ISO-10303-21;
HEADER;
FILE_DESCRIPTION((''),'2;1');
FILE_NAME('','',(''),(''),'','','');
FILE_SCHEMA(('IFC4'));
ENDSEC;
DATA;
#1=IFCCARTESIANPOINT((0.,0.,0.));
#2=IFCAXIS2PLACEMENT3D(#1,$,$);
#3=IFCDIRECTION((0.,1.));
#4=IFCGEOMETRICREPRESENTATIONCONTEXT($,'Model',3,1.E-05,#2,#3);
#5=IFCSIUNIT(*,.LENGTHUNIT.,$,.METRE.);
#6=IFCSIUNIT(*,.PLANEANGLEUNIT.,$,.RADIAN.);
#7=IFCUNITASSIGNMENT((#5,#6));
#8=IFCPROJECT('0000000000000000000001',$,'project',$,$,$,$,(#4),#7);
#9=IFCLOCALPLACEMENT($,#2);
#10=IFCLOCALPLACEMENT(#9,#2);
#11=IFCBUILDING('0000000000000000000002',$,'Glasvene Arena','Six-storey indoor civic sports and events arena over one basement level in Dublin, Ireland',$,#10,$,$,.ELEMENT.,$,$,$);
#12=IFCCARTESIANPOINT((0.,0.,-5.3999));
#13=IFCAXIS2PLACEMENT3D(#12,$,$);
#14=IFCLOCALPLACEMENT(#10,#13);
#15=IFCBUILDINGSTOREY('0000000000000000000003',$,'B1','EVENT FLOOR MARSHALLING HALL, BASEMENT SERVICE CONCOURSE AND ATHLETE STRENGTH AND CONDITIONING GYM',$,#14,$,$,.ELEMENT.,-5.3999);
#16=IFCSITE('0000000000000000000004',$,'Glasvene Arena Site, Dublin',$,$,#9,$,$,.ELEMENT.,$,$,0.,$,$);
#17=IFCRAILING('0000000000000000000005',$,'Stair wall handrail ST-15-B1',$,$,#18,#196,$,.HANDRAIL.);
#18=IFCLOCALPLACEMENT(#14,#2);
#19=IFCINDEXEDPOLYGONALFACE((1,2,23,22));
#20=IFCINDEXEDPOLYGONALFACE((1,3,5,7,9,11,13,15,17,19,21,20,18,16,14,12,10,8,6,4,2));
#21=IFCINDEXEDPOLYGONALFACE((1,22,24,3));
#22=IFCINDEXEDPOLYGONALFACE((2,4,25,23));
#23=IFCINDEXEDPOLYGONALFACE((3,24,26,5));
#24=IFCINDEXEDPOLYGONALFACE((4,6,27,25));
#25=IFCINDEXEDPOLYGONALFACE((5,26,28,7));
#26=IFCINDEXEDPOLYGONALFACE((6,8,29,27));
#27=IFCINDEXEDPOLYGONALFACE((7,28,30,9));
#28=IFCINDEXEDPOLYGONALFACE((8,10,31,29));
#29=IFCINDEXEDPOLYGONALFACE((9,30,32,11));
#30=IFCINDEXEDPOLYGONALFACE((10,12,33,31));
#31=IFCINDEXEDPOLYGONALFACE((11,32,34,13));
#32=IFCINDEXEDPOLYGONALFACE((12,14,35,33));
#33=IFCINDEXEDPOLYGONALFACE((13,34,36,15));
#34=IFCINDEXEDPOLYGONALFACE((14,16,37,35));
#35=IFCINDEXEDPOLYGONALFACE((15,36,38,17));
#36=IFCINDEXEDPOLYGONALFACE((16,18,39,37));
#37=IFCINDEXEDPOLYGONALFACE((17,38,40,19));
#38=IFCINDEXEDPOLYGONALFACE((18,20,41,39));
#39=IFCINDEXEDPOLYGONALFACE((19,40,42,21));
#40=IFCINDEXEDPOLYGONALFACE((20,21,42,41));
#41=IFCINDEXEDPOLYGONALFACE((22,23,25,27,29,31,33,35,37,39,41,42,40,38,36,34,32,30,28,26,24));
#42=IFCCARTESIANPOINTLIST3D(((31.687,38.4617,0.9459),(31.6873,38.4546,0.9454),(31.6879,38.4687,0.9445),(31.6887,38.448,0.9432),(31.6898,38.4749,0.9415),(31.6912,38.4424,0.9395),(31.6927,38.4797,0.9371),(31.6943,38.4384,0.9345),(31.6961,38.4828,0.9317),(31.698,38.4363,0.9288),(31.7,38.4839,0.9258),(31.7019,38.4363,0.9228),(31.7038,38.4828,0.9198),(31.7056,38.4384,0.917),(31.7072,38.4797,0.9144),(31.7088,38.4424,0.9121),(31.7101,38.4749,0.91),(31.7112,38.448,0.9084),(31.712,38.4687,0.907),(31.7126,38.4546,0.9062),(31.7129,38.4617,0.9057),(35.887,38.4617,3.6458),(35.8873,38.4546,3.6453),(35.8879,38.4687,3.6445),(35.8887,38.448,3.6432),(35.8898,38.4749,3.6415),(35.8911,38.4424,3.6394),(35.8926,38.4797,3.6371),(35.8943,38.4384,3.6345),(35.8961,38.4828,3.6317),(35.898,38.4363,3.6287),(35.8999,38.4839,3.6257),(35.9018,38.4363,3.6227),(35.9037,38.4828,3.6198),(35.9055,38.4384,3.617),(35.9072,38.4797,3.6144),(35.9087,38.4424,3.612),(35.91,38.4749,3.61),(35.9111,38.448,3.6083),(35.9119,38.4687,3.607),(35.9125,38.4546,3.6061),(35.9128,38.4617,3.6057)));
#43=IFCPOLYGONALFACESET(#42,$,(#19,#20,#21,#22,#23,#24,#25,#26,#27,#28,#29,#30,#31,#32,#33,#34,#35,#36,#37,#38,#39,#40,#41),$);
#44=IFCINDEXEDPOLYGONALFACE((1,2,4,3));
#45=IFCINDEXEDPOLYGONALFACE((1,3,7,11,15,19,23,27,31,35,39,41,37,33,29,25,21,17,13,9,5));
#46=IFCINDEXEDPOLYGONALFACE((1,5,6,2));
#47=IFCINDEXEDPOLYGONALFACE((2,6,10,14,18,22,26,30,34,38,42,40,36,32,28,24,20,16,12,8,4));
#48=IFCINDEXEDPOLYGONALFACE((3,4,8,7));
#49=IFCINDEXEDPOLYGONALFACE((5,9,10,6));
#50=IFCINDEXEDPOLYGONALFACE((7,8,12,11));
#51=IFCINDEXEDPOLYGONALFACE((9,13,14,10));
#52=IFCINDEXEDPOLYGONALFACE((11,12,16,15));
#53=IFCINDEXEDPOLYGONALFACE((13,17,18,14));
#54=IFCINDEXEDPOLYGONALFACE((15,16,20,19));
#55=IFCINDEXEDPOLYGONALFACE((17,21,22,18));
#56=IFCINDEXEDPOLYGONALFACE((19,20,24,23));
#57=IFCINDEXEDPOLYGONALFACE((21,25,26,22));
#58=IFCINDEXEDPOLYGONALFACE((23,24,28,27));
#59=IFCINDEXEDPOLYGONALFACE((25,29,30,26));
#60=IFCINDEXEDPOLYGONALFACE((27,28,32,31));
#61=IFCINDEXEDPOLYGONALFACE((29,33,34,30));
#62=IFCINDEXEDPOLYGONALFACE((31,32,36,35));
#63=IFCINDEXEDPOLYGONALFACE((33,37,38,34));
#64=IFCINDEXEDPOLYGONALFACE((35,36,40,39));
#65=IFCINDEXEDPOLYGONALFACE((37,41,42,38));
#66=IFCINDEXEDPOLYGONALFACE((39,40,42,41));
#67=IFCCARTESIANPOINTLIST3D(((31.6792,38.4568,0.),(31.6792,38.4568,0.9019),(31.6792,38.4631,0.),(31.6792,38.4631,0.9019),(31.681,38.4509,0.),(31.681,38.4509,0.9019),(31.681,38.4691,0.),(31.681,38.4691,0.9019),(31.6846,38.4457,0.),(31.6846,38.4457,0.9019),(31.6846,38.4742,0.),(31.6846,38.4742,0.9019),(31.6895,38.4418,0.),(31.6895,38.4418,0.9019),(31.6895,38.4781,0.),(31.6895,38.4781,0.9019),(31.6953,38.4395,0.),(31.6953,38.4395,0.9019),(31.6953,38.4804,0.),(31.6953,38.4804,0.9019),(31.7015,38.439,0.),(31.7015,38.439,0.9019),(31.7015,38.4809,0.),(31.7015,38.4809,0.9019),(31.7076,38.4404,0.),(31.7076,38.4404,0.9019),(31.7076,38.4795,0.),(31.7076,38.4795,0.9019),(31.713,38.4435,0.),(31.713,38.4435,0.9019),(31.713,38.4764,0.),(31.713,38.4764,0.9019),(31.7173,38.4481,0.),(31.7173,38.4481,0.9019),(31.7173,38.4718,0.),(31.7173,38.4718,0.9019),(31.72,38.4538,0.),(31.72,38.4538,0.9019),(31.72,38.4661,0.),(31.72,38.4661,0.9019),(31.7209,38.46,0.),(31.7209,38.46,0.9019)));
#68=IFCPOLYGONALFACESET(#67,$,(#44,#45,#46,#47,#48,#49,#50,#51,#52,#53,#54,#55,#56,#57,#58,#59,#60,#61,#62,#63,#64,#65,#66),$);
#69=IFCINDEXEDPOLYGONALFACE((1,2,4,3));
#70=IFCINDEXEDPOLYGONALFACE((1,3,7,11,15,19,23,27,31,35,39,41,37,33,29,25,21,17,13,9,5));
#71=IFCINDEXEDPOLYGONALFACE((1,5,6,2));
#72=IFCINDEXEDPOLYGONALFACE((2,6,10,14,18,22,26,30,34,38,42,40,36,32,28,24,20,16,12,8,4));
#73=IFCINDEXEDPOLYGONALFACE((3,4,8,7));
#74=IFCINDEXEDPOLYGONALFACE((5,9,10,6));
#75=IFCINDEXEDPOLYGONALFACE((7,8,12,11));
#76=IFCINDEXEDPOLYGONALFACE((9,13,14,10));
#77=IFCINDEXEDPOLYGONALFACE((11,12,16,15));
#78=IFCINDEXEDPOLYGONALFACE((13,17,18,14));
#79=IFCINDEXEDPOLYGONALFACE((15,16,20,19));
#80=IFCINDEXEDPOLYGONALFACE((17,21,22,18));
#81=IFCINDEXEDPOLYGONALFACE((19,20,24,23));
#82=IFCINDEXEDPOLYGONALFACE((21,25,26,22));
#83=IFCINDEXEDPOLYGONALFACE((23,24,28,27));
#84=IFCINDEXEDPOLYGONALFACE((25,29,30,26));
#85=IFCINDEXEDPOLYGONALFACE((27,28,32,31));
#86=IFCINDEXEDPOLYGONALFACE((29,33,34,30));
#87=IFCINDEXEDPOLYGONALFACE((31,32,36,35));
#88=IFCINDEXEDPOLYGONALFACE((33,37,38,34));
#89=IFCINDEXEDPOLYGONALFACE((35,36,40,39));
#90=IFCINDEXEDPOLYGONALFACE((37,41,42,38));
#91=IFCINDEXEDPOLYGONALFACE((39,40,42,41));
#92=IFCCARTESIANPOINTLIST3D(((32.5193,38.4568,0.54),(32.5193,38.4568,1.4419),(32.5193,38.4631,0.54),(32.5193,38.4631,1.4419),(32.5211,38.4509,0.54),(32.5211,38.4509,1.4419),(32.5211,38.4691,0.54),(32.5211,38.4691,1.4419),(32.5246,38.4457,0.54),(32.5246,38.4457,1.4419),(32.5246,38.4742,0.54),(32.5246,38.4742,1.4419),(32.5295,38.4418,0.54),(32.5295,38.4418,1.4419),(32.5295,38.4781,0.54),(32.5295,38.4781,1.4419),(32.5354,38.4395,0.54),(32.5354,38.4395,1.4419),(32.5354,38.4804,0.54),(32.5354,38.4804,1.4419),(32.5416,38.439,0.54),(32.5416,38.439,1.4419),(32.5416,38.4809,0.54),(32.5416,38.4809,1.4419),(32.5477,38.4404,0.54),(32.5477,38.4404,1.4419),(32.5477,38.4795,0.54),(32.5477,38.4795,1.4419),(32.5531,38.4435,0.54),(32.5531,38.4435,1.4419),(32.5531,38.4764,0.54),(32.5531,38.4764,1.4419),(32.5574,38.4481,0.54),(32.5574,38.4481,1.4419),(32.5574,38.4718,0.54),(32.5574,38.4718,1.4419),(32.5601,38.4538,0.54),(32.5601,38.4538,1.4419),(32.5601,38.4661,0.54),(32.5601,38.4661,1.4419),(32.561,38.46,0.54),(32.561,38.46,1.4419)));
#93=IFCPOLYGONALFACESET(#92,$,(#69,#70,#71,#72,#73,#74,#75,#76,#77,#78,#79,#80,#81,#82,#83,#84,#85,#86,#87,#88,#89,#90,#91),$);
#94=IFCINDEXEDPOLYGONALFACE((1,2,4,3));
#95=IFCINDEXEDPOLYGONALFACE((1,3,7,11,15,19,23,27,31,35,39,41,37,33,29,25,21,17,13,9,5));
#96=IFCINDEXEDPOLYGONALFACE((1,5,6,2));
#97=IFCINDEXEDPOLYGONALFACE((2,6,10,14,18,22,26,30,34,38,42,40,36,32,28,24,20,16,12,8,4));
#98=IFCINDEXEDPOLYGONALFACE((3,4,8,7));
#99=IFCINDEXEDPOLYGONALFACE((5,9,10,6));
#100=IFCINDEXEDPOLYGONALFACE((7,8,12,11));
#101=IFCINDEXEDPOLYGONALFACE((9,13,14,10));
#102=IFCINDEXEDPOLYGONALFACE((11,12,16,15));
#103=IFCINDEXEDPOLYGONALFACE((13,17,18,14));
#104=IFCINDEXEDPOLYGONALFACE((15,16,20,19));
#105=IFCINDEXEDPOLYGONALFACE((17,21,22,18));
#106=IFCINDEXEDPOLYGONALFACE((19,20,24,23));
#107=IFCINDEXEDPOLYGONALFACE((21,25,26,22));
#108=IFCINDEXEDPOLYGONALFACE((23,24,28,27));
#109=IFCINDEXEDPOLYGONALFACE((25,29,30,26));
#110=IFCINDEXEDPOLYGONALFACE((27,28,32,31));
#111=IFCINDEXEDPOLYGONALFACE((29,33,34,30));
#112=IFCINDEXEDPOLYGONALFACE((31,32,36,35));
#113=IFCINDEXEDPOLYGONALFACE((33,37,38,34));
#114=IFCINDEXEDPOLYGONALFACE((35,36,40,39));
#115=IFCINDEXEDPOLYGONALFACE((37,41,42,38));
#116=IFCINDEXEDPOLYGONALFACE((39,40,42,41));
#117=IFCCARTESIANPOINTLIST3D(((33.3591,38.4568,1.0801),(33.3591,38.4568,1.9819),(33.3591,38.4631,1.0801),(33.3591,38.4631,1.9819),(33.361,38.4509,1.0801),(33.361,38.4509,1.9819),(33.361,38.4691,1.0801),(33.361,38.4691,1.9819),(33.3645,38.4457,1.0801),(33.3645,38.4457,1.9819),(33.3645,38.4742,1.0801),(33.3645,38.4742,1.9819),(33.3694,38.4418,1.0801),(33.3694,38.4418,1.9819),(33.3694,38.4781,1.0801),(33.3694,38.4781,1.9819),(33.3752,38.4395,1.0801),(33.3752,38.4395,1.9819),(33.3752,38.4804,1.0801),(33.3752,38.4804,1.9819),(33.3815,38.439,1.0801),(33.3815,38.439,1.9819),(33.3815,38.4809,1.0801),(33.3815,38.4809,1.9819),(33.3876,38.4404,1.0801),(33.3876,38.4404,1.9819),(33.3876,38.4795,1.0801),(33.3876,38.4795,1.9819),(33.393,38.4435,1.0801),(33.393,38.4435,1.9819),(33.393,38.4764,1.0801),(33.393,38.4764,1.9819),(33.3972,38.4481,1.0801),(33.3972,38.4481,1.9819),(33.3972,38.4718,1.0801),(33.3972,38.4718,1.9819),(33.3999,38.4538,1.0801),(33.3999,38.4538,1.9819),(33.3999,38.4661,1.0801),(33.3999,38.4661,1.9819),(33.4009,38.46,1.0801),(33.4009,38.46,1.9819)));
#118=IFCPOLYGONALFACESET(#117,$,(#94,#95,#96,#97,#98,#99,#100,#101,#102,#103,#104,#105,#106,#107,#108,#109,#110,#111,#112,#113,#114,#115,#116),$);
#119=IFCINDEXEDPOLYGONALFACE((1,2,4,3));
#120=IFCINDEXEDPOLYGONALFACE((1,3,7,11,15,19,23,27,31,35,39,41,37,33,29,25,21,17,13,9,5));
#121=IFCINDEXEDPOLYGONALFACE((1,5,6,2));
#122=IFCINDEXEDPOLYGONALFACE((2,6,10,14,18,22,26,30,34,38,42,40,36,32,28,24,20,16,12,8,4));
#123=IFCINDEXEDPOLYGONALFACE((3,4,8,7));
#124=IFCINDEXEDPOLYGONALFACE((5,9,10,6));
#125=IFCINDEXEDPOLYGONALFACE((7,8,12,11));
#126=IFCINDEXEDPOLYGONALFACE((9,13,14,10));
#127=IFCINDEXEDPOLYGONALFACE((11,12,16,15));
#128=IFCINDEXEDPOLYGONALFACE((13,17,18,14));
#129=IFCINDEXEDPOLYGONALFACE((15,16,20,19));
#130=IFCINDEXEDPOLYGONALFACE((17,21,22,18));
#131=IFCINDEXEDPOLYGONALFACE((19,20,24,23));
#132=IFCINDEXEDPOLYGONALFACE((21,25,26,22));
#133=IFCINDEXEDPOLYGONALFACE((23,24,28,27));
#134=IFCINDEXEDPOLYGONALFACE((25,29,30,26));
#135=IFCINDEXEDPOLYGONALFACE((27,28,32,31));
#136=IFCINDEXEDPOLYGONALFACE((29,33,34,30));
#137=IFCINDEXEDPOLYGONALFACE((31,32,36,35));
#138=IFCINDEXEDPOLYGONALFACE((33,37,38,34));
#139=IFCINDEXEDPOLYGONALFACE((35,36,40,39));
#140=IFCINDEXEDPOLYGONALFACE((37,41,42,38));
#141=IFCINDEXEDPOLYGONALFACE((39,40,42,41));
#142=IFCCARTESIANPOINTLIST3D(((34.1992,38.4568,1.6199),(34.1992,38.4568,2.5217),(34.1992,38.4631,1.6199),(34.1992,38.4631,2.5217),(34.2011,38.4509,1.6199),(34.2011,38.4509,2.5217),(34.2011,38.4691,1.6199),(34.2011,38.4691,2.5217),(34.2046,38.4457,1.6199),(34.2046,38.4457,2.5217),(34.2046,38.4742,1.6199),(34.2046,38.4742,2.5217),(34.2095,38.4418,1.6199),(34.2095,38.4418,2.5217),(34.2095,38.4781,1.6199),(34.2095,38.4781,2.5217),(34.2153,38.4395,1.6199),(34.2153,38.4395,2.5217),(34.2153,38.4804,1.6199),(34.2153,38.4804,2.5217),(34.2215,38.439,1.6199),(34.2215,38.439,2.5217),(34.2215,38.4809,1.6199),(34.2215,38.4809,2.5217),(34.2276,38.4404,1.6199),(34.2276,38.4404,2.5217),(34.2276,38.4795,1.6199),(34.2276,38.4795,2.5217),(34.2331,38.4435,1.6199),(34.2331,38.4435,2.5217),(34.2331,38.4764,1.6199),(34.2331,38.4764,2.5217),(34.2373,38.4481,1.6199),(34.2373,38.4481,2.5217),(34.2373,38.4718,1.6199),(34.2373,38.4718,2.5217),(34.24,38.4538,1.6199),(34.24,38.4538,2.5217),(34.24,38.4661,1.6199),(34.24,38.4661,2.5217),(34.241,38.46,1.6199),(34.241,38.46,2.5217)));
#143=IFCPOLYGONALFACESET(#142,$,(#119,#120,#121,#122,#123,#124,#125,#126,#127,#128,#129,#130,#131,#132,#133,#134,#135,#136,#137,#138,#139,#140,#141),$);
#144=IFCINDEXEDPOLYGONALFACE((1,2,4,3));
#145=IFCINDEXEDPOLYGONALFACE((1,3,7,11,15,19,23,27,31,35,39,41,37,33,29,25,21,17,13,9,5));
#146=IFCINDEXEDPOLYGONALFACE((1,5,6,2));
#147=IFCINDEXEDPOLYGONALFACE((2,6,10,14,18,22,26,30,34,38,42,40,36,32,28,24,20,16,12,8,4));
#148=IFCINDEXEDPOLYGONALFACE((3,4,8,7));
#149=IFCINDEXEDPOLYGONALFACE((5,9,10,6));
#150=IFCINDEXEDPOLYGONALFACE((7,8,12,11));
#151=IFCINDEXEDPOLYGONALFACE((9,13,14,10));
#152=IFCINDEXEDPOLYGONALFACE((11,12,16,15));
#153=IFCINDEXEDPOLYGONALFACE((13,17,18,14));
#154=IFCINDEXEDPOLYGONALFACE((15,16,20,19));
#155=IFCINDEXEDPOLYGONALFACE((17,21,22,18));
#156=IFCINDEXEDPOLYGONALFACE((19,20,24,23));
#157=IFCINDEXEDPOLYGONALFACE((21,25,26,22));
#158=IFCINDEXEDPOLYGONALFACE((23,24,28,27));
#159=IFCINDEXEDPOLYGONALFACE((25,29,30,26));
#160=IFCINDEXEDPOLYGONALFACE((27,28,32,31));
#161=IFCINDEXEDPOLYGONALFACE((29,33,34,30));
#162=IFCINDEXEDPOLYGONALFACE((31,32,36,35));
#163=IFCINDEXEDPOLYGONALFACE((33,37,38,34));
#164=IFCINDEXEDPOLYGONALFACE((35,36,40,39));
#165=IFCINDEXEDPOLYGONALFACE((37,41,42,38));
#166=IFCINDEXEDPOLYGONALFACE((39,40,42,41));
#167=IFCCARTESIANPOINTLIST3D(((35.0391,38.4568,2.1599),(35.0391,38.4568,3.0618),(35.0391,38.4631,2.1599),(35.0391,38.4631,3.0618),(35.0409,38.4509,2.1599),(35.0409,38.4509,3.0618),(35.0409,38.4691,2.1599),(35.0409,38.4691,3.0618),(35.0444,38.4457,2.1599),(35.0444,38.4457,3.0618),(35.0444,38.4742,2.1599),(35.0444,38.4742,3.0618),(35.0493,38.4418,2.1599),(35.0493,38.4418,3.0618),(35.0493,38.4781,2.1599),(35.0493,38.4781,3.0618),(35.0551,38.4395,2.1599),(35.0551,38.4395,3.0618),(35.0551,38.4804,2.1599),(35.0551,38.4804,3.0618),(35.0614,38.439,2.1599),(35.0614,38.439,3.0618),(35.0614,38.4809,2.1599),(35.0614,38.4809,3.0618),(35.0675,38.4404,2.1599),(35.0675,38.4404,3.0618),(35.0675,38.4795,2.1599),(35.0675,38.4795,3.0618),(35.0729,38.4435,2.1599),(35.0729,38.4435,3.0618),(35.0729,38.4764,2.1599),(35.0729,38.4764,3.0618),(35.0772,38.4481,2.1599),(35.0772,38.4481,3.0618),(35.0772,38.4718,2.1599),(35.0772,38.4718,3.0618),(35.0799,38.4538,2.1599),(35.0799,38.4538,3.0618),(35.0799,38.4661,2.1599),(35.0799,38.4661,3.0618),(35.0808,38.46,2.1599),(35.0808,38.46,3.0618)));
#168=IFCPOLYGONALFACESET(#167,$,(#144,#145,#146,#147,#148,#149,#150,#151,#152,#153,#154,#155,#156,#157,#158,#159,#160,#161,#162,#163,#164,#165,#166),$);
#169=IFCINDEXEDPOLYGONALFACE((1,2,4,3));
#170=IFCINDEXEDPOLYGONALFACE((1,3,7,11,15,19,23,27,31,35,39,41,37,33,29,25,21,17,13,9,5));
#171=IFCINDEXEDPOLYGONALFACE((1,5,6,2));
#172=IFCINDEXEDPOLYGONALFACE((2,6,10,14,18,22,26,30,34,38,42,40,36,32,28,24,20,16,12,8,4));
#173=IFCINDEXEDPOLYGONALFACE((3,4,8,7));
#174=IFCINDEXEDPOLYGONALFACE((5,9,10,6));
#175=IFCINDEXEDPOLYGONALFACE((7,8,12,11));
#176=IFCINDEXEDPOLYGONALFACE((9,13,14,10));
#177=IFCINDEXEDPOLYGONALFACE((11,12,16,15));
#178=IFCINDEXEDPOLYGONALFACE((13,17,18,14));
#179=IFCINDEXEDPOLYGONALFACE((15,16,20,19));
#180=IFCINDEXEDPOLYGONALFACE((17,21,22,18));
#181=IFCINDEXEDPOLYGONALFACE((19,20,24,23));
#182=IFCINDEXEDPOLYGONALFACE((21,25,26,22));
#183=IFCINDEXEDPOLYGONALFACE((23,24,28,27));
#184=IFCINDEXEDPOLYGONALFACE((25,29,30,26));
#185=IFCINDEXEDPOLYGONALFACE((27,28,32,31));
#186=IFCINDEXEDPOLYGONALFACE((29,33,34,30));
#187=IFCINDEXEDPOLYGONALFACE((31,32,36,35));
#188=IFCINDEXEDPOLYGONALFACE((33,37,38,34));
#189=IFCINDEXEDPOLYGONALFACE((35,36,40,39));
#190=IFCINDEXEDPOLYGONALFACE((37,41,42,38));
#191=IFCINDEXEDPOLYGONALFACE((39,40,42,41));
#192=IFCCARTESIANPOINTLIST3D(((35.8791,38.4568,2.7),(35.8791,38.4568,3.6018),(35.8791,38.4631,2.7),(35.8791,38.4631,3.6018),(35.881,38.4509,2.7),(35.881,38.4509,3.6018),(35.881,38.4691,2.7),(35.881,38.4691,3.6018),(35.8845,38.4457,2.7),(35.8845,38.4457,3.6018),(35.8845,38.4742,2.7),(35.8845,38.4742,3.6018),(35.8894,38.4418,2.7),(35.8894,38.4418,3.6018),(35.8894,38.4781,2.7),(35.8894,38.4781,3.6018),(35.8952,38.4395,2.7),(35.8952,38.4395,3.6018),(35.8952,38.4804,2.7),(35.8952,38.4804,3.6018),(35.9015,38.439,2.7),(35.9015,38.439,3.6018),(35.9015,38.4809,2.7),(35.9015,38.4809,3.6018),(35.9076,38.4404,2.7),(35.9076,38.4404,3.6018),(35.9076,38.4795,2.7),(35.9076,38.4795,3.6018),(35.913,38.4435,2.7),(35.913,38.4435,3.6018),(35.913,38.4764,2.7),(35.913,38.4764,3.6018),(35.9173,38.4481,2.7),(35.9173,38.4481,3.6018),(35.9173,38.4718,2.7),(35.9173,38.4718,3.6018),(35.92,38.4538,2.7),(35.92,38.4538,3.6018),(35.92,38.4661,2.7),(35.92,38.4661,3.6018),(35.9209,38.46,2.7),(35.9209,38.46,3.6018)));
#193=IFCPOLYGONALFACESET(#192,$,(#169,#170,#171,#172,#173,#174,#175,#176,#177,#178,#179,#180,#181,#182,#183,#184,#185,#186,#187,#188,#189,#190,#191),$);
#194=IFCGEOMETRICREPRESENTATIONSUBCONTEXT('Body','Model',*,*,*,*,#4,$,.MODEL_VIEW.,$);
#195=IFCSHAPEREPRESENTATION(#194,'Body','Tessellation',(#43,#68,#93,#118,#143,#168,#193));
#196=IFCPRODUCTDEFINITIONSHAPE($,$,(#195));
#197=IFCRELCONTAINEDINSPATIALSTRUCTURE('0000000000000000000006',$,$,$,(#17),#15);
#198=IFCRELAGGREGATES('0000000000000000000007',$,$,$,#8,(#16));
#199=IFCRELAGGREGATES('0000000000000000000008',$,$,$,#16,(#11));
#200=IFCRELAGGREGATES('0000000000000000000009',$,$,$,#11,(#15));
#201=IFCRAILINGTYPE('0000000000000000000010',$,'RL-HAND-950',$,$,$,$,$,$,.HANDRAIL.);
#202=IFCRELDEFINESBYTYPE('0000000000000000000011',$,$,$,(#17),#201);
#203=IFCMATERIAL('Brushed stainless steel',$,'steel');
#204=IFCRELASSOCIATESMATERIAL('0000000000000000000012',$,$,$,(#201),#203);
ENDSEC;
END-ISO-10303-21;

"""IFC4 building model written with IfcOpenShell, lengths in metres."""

from ifc_helpers import new_model, si_unit, direction, frame, origin, origin_2d, place, context, subcontext, project, spatial, circle, extrude, material, type_object, element, save


model = new_model("IFC4")

# Units and contexts
model_context = context("Model", 3, precision=1e-05, world=origin(), true_north=direction((0.0, 1.0)))
body_context = subcontext(model_context, "Body", "Model", "MODEL_VIEW")
ifc_project = project(units=[si_unit("LENGTHUNIT", "METRE"), si_unit("PLANEANGLEUNIT", "RADIAN")], contexts=[model_context])

# Site, building, storey
site_placement = place(None, origin())
site = spatial("IfcSite", under=ifc_project, at=site_placement, Name="Glasvene Arena Site, Dublin", CompositionType="ELEMENT", RefElevation=0.0)
building_placement = place(site_placement, origin())
building = spatial("IfcBuilding", under=site, at=building_placement, Name="Glasvene Arena", Description="Six-storey indoor civic sports and events arena over one basement level in Dublin, Ireland", CompositionType="ELEMENT")
storey_placement = place(building_placement, frame((0.0, 0.0, -5.3999)))
storey = spatial("IfcBuildingStorey", under=building, at=storey_placement, Name="B1", Description="EVENT FLOOR MARSHALLING HALL, BASEMENT SERVICE CONCOURSE AND ATHLETE STRENGTH AND CONDITIONING GYM", CompositionType="ELEMENT", Elevation=-5.3999)

# Railing
ifc_material_1 = material(Name="Brushed stainless steel", Category="steel")
railing_type_1 = type_object("IfcRailingType", Name="RL-HAND-950", PredefinedType="HANDRAIL", material=ifc_material_1)
railing_1_placement = place(storey_placement, frame((31.7, 38.46, 0.0)))
element("IfcRailing", 1, at=railing_1_placement, inside=storey, type_object=railing_type_1, Name="Stair wall handrail ST-15-B1", PredefinedType="HANDRAIL", context=body_context, shape_type="SweptSolid", body=[
    extrude(circle(Radius=0.0239, at=origin_2d()), frame((0.0, 0.0, 0.9258), z_axis=(0.84118, 0.0, 0.540755), x_axis=(0.0, 1.0, 0.0)), (0.0, 0.0, 1.0), 4.9929),
    extrude(circle(Radius=0.021, at=origin_2d()), origin(), (0.0, 0.0, 1.0), 0.9019),
    extrude(circle(Radius=0.021, at=origin_2d()), frame((0.8401, 0.0, 0.54)), (0.0, 0.0, 1.0), 0.9019),
    extrude(circle(Radius=0.021, at=origin_2d()), frame((1.6799, 0.0, 1.0801)), (0.0, 0.0, 1.0), 0.9019),
    extrude(circle(Radius=0.021, at=origin_2d()), frame((2.52, 0.0, 1.6199)), (0.0, 0.0, 1.0), 0.9019),
    extrude(circle(Radius=0.021, at=origin_2d()), frame((3.3599, 0.0, 2.1599)), (0.0, 0.0, 1.0), 0.9019),
    extrude(circle(Radius=0.021, at=origin_2d()), frame((4.2, 0.0, 2.7)), (0.0, 0.0, 1.0), 0.9019),
])

save(model, "model.ifc")
